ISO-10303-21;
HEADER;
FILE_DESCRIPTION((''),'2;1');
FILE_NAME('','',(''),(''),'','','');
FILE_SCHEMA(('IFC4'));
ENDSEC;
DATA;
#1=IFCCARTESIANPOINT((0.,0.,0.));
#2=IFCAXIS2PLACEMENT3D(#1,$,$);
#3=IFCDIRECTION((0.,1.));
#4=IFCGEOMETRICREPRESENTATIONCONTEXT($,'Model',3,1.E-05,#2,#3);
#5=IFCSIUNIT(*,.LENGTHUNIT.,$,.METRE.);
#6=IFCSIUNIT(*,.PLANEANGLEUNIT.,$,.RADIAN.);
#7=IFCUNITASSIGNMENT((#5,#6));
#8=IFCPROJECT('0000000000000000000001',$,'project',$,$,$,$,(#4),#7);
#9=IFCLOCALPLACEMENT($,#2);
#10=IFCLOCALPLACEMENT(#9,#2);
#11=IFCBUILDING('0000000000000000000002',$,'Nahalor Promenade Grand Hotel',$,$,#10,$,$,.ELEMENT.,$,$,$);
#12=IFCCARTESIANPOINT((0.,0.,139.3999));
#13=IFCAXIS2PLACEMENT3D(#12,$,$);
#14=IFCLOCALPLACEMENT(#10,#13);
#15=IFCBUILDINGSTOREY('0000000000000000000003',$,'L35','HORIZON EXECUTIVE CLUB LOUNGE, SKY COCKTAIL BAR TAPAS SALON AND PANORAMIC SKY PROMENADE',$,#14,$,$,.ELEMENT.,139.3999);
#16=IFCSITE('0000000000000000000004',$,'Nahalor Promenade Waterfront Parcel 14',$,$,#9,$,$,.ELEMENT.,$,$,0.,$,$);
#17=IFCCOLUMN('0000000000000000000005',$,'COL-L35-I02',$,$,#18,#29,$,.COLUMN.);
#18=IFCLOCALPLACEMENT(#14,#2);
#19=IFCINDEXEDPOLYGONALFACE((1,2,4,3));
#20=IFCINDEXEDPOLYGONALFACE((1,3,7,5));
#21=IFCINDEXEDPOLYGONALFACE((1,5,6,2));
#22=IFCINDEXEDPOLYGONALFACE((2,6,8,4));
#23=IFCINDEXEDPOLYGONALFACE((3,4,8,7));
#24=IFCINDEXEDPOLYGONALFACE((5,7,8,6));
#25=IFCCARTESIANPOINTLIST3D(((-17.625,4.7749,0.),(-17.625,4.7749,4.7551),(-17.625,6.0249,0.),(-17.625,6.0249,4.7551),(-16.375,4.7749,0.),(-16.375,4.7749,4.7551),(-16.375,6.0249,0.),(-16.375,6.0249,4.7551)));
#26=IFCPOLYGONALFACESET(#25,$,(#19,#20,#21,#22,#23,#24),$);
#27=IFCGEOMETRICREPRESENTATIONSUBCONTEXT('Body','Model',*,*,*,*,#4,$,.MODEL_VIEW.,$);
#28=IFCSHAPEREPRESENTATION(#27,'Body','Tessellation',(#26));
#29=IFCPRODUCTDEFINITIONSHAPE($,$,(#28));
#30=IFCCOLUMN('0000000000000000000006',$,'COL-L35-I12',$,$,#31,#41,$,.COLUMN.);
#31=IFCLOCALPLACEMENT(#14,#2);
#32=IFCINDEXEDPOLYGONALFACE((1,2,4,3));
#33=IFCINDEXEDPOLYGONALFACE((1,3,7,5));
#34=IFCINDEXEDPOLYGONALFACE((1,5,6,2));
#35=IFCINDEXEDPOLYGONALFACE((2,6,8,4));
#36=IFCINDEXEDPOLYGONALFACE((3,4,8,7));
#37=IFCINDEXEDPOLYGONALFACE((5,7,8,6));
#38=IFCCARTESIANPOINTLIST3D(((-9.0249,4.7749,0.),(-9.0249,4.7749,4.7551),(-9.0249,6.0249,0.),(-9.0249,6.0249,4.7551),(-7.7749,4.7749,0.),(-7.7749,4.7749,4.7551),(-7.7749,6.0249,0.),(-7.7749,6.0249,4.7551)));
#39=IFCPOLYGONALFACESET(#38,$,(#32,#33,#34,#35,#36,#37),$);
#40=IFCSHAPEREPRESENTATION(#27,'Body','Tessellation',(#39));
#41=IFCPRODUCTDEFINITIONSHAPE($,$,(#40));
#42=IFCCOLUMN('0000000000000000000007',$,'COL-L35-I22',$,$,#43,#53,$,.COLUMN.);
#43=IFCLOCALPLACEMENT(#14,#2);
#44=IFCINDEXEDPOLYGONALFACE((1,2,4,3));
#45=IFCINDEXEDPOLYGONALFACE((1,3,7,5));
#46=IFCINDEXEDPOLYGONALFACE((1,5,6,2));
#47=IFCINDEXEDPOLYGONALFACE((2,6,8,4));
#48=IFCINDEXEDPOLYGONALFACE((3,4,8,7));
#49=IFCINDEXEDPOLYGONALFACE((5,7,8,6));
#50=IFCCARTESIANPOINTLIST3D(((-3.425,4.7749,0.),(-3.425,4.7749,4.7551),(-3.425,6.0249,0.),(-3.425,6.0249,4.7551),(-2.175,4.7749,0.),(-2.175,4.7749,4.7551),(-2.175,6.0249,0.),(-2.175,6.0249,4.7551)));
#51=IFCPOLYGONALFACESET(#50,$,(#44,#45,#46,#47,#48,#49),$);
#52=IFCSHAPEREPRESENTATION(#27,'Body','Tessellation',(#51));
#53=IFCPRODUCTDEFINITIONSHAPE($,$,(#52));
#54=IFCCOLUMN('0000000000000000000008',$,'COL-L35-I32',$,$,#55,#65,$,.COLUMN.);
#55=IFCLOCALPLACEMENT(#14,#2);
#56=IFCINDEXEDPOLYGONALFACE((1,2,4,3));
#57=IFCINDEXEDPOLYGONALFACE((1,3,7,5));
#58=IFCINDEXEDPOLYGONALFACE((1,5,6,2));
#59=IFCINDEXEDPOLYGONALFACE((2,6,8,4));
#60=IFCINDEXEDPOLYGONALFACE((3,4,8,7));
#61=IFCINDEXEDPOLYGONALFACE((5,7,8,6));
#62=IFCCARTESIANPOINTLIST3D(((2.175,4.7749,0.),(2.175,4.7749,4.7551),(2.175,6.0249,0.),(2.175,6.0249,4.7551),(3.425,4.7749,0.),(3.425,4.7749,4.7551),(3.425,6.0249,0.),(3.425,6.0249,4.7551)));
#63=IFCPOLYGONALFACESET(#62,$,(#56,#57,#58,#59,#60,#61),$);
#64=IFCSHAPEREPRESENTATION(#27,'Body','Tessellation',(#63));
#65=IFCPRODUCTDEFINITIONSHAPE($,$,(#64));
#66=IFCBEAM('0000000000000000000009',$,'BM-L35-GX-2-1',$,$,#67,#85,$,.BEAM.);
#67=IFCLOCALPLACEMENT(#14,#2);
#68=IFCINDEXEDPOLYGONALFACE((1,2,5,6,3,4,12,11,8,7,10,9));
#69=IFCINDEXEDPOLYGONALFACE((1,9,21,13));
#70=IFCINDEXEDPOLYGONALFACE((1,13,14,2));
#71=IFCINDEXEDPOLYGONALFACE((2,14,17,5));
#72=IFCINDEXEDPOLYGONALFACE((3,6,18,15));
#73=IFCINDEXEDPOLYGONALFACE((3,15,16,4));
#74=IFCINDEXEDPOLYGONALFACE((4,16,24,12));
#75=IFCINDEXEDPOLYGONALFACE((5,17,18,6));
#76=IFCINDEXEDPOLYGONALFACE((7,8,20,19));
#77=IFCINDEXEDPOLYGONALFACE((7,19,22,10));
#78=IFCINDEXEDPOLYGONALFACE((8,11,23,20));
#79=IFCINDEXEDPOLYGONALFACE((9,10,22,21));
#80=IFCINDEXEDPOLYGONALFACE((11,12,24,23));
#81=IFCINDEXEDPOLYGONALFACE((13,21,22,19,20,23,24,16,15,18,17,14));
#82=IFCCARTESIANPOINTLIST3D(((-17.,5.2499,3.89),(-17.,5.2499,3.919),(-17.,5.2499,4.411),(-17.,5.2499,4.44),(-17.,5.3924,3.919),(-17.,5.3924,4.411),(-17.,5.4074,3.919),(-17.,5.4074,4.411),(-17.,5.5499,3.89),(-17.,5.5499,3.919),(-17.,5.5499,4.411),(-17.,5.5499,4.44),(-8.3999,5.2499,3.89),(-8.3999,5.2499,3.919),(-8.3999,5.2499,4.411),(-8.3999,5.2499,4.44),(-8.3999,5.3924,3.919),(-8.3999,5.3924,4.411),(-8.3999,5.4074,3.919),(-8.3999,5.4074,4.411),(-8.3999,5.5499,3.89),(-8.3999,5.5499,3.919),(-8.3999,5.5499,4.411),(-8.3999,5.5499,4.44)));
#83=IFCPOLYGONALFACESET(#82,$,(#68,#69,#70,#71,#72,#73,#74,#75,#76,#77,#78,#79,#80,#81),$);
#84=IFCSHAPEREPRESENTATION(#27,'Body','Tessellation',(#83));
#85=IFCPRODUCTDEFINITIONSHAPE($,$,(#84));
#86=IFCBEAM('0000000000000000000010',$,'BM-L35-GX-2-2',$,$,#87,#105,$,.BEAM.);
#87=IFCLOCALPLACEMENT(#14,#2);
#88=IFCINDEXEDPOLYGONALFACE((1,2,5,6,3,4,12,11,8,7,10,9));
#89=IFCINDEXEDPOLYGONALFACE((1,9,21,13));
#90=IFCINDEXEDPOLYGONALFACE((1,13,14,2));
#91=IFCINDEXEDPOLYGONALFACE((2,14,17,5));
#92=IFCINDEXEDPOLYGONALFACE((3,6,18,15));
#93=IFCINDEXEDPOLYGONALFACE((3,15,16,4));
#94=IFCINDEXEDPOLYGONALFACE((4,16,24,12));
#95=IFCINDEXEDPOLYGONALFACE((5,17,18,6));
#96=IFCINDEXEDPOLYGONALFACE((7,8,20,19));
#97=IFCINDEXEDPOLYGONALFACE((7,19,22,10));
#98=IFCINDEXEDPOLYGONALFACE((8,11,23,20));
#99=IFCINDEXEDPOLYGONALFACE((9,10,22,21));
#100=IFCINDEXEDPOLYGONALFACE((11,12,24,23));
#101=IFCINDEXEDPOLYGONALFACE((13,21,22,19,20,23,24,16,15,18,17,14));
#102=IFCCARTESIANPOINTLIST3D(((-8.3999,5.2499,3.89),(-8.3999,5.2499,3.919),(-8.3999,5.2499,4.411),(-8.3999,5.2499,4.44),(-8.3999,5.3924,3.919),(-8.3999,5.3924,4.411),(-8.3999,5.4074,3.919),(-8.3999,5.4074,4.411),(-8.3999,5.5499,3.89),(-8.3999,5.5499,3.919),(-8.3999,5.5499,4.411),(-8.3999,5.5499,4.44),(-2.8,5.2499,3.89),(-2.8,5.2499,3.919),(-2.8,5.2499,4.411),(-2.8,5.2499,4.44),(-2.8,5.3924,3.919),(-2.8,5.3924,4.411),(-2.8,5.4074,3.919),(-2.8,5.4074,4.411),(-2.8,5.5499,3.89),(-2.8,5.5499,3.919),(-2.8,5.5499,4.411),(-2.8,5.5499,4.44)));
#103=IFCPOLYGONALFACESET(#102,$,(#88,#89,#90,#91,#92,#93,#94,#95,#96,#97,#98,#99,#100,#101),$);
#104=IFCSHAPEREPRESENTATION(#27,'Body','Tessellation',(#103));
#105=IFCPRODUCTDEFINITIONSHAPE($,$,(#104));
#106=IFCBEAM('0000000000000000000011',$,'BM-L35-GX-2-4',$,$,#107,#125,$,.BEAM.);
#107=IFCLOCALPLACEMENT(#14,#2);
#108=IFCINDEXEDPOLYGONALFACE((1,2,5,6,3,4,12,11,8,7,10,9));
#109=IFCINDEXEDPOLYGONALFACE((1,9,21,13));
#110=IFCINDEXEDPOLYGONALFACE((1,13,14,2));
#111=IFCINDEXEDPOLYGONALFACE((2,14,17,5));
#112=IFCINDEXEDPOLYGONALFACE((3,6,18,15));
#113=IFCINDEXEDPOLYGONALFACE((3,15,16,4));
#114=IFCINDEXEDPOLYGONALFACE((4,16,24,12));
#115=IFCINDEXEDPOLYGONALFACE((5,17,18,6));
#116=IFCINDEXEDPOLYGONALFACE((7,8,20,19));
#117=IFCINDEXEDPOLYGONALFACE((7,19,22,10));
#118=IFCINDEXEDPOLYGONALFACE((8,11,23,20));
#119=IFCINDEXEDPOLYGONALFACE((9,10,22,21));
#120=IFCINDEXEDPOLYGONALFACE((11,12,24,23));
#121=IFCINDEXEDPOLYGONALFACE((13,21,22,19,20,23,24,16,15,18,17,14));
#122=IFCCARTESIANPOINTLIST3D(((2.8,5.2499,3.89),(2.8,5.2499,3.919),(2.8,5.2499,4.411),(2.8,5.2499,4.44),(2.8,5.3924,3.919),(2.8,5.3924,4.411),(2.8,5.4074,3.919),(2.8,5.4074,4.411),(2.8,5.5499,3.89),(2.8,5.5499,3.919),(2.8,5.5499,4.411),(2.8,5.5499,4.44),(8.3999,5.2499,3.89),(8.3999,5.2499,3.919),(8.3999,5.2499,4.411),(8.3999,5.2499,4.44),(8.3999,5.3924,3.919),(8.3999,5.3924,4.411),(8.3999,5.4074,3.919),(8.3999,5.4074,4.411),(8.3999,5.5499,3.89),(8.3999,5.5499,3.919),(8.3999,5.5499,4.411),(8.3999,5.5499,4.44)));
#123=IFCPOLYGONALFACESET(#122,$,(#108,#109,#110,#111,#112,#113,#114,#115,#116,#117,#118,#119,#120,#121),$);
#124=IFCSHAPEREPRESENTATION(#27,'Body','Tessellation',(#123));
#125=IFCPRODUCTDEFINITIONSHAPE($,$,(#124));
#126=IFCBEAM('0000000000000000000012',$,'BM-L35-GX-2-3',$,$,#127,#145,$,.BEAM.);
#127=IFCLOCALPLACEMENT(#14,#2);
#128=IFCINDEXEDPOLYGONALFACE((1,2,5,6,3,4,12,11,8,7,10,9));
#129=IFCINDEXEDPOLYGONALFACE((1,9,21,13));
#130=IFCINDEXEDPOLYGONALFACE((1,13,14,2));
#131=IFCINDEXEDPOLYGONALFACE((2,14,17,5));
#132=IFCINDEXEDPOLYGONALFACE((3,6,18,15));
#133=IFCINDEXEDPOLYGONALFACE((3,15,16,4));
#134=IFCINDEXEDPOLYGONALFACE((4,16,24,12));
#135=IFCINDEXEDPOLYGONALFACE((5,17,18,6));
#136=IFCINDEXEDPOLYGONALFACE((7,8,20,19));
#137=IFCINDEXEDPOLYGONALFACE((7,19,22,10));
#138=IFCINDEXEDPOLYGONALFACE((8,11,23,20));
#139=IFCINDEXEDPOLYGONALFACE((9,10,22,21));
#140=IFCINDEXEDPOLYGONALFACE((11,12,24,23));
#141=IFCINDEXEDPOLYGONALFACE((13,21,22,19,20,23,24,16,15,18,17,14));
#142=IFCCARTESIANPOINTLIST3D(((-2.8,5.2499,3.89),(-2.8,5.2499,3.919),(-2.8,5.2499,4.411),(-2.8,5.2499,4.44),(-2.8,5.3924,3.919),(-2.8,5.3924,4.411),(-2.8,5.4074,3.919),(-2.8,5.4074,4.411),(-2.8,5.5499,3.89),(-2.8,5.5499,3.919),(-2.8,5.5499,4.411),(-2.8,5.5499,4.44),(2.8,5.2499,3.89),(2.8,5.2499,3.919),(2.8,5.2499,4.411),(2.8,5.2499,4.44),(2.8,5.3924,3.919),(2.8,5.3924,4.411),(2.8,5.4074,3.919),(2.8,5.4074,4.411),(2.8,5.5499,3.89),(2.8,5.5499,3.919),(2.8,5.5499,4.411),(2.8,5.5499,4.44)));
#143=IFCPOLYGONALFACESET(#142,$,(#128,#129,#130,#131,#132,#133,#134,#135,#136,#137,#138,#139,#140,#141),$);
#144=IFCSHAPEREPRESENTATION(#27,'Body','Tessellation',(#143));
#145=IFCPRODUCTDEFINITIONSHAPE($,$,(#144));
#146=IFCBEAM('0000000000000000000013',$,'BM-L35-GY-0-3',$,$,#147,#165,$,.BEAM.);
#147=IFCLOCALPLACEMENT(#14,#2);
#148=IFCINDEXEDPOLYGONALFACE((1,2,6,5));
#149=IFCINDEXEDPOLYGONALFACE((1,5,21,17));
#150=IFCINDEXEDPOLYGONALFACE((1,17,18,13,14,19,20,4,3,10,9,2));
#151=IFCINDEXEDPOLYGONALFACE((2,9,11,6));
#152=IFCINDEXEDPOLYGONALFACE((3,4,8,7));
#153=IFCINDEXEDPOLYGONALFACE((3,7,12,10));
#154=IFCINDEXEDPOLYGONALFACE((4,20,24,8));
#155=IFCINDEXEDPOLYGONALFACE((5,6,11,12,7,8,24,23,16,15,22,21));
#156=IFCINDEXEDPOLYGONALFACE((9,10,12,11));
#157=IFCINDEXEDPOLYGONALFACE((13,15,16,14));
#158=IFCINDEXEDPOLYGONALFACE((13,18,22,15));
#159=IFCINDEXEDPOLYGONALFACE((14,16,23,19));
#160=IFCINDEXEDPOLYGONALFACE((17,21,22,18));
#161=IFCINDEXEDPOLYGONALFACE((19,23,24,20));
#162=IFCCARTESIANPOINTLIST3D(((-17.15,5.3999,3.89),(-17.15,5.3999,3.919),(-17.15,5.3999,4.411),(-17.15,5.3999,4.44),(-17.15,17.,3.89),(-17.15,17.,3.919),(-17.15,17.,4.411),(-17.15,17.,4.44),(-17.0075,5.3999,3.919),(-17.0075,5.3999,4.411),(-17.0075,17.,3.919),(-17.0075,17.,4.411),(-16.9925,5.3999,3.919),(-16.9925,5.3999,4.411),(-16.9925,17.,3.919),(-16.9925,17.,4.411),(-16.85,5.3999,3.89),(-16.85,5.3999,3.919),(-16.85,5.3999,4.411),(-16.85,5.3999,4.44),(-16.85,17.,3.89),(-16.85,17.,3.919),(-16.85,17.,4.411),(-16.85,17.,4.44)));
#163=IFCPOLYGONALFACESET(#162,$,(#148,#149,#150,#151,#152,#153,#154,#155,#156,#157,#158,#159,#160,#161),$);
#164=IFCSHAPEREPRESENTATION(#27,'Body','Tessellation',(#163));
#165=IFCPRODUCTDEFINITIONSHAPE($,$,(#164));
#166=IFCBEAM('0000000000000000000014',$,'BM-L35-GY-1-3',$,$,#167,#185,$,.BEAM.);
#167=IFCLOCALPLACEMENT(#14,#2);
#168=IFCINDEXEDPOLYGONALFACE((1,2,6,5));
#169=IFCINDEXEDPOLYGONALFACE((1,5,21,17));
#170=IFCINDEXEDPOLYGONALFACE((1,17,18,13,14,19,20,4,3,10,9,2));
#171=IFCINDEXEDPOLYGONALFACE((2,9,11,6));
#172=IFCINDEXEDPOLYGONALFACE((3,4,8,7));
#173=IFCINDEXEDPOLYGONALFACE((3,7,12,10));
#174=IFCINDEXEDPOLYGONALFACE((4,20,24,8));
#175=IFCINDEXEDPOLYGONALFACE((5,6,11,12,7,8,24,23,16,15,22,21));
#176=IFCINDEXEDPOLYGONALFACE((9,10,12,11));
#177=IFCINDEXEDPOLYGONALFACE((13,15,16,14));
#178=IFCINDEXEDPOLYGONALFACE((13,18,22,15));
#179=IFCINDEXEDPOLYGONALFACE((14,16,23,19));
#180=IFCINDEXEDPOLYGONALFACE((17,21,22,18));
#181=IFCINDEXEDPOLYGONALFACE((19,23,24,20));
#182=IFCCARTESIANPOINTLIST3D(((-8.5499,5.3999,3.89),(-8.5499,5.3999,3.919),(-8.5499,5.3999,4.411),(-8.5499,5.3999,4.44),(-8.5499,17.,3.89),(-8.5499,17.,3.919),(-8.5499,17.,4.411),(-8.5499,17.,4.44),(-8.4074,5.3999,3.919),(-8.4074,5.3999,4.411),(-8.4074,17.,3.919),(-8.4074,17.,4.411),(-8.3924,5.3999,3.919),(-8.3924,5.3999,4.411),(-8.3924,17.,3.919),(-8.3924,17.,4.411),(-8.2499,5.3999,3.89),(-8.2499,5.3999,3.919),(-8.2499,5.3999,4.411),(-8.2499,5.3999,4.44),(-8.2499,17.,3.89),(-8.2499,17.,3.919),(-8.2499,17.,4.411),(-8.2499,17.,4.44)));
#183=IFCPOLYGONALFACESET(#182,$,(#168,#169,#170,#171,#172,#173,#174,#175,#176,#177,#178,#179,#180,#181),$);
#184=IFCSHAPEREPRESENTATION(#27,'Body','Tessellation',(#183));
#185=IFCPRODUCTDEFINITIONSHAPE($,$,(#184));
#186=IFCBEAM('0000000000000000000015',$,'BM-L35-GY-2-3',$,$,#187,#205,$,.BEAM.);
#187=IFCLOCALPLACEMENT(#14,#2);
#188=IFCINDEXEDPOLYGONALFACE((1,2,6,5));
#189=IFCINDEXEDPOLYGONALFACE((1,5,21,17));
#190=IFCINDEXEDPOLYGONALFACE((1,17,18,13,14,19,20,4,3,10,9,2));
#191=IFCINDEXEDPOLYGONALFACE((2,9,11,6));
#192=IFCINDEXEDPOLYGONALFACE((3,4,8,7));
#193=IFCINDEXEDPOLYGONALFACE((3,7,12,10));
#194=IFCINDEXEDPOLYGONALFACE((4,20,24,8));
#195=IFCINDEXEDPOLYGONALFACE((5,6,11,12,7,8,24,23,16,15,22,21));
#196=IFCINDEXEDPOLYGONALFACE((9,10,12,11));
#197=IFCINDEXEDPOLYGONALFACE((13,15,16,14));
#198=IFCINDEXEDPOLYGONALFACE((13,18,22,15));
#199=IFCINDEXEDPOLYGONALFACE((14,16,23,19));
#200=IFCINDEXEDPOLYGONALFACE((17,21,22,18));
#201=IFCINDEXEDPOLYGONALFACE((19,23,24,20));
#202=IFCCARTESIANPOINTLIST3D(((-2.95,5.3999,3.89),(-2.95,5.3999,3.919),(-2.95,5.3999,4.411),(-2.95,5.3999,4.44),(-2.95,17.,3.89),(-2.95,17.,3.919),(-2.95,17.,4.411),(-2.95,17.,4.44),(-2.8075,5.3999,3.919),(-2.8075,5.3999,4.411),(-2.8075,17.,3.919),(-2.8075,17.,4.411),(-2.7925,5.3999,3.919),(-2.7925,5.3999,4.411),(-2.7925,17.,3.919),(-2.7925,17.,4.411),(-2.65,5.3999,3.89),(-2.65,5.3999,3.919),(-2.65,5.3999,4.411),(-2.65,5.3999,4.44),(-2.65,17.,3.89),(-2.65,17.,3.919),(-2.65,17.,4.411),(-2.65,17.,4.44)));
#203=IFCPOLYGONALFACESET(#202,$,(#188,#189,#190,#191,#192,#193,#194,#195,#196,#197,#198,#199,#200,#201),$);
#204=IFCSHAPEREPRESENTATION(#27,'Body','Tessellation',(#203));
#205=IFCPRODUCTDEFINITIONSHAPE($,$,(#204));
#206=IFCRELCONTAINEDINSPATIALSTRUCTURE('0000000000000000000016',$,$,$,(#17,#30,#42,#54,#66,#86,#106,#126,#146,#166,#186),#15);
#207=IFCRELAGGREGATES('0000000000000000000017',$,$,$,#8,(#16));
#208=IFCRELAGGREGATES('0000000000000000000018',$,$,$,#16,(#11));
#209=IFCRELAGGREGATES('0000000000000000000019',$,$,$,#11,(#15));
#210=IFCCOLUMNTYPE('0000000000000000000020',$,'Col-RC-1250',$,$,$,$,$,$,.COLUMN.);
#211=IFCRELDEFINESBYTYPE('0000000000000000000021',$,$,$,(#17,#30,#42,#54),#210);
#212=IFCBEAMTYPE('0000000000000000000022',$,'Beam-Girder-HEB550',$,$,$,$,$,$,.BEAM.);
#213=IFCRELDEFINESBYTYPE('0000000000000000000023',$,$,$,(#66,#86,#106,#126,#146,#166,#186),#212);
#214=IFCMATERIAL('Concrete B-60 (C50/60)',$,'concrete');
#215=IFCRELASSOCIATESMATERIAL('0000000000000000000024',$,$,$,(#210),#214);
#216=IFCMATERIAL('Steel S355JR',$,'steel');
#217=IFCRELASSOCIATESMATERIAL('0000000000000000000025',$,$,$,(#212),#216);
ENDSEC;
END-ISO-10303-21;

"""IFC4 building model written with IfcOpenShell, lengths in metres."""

from ifc_helpers import new_model, si_unit, direction, frame, origin, origin_2d, place, context, subcontext, project, spatial, rectangle, i_section, extrude, source, transform, mapped, material, material_profile, profile_set, type_object, element, save


model = new_model("IFC4")

# Units and contexts
model_context = context("Model", 3, precision=1e-05, world=origin(), true_north=direction((0.0, 1.0)))
body_context = subcontext(model_context, "Body", "Model", "MODEL_VIEW")
ifc_project = project(units=[si_unit("LENGTHUNIT", "METRE"), si_unit("PLANEANGLEUNIT", "RADIAN")], contexts=[model_context])

# Site, building, storey
site_placement = place(None, origin())
site = spatial("IfcSite", under=ifc_project, at=site_placement, Name="Nahalor Promenade Waterfront Parcel 14", CompositionType="ELEMENT", RefElevation=0.0)
building_placement = place(site_placement, origin())
building = spatial("IfcBuilding", under=site, at=building_placement, Name="Nahalor Promenade Grand Hotel", CompositionType="ELEMENT")
storey_placement = place(building_placement, frame((0.0, 0.0, 139.3999)))
storey = spatial("IfcBuildingStorey", under=building, at=storey_placement, Name="L35", Description="HORIZON EXECUTIVE CLUB LOUNGE, SKY COCKTAIL BAR TAPAS SALON AND PANORAMIC SKY PROMENADE", CompositionType="ELEMENT", Elevation=139.3999)

# Columns
ifc_material_1 = material(Name="Concrete B-60 (C50/60)", Category="concrete")
ifc_material_profile_1 = material_profile(ifc_material_1, rectangle(XDim=1.25, YDim=1.25, at=origin_2d()), Name="RC 1250x1250")
ifc_profile_set_1 = profile_set([ifc_material_profile_1], Name="Concrete B-60 (C50/60)")
column_type = type_object("IfcColumnType", Name="Col-RC-1250", PredefinedType="COLUMN", material=ifc_profile_set_1)
shared_shape_1 = source(origin(), body_context, "Body", "SweptSolid", [
    extrude(rectangle(XDim=1.25, YDim=1.25, at=origin_2d()), origin(), (0.0, 0.0, 1.0), 4.7551),
])
for number, where, z_axis, x_axis, name in (
    (1, (-17.0, 5.3999, 0.0), (0.0, 0.0, 1.0), (1.0, 0.0, 0.0), "COL-L35-I02"),
    (2, (-8.3999, 5.3999, 0.0), (0.0, 0.0, 1.0), (1.0, 0.0, 0.0), "COL-L35-I12"),
    (3, (-2.8, 5.3999, 0.0), (0.0, 0.0, 1.0), (1.0, 0.0, 0.0), "COL-L35-I22"),
    (4, (2.8, 5.3999, 0.0), (0.0, 0.0, 1.0), (1.0, 0.0, 0.0), "COL-L35-I32"),
):
    element("IfcColumn", number, at=place(storey_placement, frame(where, z_axis=z_axis, x_axis=x_axis)), inside=storey, type_object=column_type, Name=name, PredefinedType="COLUMN", context=body_context, shape_type="MappedRepresentation", body=[
        mapped(shared_shape_1, transform((0.0, 0.0, 0.0), scale=1.0)),
    ])

# Beams
ifc_material_2 = material(Name="Steel S355JR", Category="steel")
ifc_material_profile_2 = material_profile(ifc_material_2, i_section(OverallWidth=0.3, OverallDepth=0.55, WebThickness=0.015, FlangeThickness=0.029, at=origin_2d()), Name="HEB 550")
ifc_profile_set_2 = profile_set([ifc_material_profile_2], Name="Steel S355JR")
beam_type_1 = type_object("IfcBeamType", Name="Beam-Girder-HEB550", PredefinedType="BEAM", material=ifc_profile_set_2)
shared_shape_2 = source(origin(), body_context, "Body", "SweptSolid", [
    extrude(i_section(OverallWidth=0.3, OverallDepth=0.55, WebThickness=0.015, FlangeThickness=0.029, at=origin_2d()), origin(), (0.0, 0.0, 1.0), 8.6001),
])
beam_1_placement = place(storey_placement, frame((-17.0, 5.3999, 4.165), z_axis=(1.0, 0.0, 0.0), x_axis=(0.0, 1.0, 0.0)))
element("IfcBeam", 5, at=beam_1_placement, inside=storey, type_object=beam_type_1, Name="BM-L35-GX-2-1", PredefinedType="BEAM", context=body_context, shape_type="MappedRepresentation", body=[
    mapped(shared_shape_2, transform((0.0, 0.0, 0.0), scale=1.0)),
])
shared_shape_3 = source(origin(), body_context, "Body", "SweptSolid", [
    extrude(i_section(OverallWidth=0.3, OverallDepth=0.55, WebThickness=0.015, FlangeThickness=0.029, at=origin_2d()), origin(), (0.0, 0.0, 1.0), 5.5999),
])
for number, where, z_axis, x_axis, name in (
    (6, (-8.3999, 5.3999, 4.165), (1.0, 0.0, 0.0), (0.0, 1.0, 0.0), "BM-L35-GX-2-2"),
    (7, (2.8, 5.3999, 4.165), (1.0, 0.0, 0.0), (0.0, 1.0, 0.0), "BM-L35-GX-2-4"),
):
    element("IfcBeam", number, at=place(storey_placement, frame(where, z_axis=z_axis, x_axis=x_axis)), inside=storey, type_object=beam_type_1, Name=name, PredefinedType="BEAM", context=body_context, shape_type="MappedRepresentation", body=[
        mapped(shared_shape_3, transform((0.0, 0.0, 0.0), scale=1.0)),
    ])
shared_shape_4 = source(origin(), body_context, "Body", "SweptSolid", [
    extrude(i_section(OverallWidth=0.3, OverallDepth=0.55, WebThickness=0.015, FlangeThickness=0.029, at=origin_2d()), origin(), (0.0, 0.0, 1.0), 5.6001),
])
beam_2_placement = place(storey_placement, frame((-2.8, 5.3999, 4.165), z_axis=(1.0, 0.0, 0.0), x_axis=(0.0, 1.0, 0.0)))
element("IfcBeam", 8, at=beam_2_placement, inside=storey, type_object=beam_type_1, Name="BM-L35-GX-2-3", PredefinedType="BEAM", context=body_context, shape_type="MappedRepresentation", body=[
    mapped(shared_shape_4, transform((0.0, 0.0, 0.0), scale=1.0)),
])
shared_shape_5 = source(origin(), body_context, "Body", "SweptSolid", [
    extrude(i_section(OverallWidth=0.3, OverallDepth=0.55, WebThickness=0.015, FlangeThickness=0.029, at=origin_2d()), origin(), (0.0, 0.0, 1.0), 11.6001),
])
for number, where, z_axis, x_axis, name in (
    (9, (-17.0, 5.3999, 4.165), (0.0, 1.0, 0.0), (-1.0, 0.0, 0.0), "BM-L35-GY-0-3"),
    (10, (-8.3999, 5.3999, 4.165), (0.0, 1.0, 0.0), (-1.0, 0.0, 0.0), "BM-L35-GY-1-3"),
    (11, (-2.8, 5.3999, 4.165), (0.0, 1.0, 0.0), (-1.0, 0.0, 0.0), "BM-L35-GY-2-3"),
):
    element("IfcBeam", number, at=place(storey_placement, frame(where, z_axis=z_axis, x_axis=x_axis)), inside=storey, type_object=beam_type_1, Name=name, PredefinedType="BEAM", context=body_context, shape_type="MappedRepresentation", body=[
        mapped(shared_shape_5, transform((0.0, 0.0, 0.0), scale=1.0)),
    ])

save(model, "model.ifc")
